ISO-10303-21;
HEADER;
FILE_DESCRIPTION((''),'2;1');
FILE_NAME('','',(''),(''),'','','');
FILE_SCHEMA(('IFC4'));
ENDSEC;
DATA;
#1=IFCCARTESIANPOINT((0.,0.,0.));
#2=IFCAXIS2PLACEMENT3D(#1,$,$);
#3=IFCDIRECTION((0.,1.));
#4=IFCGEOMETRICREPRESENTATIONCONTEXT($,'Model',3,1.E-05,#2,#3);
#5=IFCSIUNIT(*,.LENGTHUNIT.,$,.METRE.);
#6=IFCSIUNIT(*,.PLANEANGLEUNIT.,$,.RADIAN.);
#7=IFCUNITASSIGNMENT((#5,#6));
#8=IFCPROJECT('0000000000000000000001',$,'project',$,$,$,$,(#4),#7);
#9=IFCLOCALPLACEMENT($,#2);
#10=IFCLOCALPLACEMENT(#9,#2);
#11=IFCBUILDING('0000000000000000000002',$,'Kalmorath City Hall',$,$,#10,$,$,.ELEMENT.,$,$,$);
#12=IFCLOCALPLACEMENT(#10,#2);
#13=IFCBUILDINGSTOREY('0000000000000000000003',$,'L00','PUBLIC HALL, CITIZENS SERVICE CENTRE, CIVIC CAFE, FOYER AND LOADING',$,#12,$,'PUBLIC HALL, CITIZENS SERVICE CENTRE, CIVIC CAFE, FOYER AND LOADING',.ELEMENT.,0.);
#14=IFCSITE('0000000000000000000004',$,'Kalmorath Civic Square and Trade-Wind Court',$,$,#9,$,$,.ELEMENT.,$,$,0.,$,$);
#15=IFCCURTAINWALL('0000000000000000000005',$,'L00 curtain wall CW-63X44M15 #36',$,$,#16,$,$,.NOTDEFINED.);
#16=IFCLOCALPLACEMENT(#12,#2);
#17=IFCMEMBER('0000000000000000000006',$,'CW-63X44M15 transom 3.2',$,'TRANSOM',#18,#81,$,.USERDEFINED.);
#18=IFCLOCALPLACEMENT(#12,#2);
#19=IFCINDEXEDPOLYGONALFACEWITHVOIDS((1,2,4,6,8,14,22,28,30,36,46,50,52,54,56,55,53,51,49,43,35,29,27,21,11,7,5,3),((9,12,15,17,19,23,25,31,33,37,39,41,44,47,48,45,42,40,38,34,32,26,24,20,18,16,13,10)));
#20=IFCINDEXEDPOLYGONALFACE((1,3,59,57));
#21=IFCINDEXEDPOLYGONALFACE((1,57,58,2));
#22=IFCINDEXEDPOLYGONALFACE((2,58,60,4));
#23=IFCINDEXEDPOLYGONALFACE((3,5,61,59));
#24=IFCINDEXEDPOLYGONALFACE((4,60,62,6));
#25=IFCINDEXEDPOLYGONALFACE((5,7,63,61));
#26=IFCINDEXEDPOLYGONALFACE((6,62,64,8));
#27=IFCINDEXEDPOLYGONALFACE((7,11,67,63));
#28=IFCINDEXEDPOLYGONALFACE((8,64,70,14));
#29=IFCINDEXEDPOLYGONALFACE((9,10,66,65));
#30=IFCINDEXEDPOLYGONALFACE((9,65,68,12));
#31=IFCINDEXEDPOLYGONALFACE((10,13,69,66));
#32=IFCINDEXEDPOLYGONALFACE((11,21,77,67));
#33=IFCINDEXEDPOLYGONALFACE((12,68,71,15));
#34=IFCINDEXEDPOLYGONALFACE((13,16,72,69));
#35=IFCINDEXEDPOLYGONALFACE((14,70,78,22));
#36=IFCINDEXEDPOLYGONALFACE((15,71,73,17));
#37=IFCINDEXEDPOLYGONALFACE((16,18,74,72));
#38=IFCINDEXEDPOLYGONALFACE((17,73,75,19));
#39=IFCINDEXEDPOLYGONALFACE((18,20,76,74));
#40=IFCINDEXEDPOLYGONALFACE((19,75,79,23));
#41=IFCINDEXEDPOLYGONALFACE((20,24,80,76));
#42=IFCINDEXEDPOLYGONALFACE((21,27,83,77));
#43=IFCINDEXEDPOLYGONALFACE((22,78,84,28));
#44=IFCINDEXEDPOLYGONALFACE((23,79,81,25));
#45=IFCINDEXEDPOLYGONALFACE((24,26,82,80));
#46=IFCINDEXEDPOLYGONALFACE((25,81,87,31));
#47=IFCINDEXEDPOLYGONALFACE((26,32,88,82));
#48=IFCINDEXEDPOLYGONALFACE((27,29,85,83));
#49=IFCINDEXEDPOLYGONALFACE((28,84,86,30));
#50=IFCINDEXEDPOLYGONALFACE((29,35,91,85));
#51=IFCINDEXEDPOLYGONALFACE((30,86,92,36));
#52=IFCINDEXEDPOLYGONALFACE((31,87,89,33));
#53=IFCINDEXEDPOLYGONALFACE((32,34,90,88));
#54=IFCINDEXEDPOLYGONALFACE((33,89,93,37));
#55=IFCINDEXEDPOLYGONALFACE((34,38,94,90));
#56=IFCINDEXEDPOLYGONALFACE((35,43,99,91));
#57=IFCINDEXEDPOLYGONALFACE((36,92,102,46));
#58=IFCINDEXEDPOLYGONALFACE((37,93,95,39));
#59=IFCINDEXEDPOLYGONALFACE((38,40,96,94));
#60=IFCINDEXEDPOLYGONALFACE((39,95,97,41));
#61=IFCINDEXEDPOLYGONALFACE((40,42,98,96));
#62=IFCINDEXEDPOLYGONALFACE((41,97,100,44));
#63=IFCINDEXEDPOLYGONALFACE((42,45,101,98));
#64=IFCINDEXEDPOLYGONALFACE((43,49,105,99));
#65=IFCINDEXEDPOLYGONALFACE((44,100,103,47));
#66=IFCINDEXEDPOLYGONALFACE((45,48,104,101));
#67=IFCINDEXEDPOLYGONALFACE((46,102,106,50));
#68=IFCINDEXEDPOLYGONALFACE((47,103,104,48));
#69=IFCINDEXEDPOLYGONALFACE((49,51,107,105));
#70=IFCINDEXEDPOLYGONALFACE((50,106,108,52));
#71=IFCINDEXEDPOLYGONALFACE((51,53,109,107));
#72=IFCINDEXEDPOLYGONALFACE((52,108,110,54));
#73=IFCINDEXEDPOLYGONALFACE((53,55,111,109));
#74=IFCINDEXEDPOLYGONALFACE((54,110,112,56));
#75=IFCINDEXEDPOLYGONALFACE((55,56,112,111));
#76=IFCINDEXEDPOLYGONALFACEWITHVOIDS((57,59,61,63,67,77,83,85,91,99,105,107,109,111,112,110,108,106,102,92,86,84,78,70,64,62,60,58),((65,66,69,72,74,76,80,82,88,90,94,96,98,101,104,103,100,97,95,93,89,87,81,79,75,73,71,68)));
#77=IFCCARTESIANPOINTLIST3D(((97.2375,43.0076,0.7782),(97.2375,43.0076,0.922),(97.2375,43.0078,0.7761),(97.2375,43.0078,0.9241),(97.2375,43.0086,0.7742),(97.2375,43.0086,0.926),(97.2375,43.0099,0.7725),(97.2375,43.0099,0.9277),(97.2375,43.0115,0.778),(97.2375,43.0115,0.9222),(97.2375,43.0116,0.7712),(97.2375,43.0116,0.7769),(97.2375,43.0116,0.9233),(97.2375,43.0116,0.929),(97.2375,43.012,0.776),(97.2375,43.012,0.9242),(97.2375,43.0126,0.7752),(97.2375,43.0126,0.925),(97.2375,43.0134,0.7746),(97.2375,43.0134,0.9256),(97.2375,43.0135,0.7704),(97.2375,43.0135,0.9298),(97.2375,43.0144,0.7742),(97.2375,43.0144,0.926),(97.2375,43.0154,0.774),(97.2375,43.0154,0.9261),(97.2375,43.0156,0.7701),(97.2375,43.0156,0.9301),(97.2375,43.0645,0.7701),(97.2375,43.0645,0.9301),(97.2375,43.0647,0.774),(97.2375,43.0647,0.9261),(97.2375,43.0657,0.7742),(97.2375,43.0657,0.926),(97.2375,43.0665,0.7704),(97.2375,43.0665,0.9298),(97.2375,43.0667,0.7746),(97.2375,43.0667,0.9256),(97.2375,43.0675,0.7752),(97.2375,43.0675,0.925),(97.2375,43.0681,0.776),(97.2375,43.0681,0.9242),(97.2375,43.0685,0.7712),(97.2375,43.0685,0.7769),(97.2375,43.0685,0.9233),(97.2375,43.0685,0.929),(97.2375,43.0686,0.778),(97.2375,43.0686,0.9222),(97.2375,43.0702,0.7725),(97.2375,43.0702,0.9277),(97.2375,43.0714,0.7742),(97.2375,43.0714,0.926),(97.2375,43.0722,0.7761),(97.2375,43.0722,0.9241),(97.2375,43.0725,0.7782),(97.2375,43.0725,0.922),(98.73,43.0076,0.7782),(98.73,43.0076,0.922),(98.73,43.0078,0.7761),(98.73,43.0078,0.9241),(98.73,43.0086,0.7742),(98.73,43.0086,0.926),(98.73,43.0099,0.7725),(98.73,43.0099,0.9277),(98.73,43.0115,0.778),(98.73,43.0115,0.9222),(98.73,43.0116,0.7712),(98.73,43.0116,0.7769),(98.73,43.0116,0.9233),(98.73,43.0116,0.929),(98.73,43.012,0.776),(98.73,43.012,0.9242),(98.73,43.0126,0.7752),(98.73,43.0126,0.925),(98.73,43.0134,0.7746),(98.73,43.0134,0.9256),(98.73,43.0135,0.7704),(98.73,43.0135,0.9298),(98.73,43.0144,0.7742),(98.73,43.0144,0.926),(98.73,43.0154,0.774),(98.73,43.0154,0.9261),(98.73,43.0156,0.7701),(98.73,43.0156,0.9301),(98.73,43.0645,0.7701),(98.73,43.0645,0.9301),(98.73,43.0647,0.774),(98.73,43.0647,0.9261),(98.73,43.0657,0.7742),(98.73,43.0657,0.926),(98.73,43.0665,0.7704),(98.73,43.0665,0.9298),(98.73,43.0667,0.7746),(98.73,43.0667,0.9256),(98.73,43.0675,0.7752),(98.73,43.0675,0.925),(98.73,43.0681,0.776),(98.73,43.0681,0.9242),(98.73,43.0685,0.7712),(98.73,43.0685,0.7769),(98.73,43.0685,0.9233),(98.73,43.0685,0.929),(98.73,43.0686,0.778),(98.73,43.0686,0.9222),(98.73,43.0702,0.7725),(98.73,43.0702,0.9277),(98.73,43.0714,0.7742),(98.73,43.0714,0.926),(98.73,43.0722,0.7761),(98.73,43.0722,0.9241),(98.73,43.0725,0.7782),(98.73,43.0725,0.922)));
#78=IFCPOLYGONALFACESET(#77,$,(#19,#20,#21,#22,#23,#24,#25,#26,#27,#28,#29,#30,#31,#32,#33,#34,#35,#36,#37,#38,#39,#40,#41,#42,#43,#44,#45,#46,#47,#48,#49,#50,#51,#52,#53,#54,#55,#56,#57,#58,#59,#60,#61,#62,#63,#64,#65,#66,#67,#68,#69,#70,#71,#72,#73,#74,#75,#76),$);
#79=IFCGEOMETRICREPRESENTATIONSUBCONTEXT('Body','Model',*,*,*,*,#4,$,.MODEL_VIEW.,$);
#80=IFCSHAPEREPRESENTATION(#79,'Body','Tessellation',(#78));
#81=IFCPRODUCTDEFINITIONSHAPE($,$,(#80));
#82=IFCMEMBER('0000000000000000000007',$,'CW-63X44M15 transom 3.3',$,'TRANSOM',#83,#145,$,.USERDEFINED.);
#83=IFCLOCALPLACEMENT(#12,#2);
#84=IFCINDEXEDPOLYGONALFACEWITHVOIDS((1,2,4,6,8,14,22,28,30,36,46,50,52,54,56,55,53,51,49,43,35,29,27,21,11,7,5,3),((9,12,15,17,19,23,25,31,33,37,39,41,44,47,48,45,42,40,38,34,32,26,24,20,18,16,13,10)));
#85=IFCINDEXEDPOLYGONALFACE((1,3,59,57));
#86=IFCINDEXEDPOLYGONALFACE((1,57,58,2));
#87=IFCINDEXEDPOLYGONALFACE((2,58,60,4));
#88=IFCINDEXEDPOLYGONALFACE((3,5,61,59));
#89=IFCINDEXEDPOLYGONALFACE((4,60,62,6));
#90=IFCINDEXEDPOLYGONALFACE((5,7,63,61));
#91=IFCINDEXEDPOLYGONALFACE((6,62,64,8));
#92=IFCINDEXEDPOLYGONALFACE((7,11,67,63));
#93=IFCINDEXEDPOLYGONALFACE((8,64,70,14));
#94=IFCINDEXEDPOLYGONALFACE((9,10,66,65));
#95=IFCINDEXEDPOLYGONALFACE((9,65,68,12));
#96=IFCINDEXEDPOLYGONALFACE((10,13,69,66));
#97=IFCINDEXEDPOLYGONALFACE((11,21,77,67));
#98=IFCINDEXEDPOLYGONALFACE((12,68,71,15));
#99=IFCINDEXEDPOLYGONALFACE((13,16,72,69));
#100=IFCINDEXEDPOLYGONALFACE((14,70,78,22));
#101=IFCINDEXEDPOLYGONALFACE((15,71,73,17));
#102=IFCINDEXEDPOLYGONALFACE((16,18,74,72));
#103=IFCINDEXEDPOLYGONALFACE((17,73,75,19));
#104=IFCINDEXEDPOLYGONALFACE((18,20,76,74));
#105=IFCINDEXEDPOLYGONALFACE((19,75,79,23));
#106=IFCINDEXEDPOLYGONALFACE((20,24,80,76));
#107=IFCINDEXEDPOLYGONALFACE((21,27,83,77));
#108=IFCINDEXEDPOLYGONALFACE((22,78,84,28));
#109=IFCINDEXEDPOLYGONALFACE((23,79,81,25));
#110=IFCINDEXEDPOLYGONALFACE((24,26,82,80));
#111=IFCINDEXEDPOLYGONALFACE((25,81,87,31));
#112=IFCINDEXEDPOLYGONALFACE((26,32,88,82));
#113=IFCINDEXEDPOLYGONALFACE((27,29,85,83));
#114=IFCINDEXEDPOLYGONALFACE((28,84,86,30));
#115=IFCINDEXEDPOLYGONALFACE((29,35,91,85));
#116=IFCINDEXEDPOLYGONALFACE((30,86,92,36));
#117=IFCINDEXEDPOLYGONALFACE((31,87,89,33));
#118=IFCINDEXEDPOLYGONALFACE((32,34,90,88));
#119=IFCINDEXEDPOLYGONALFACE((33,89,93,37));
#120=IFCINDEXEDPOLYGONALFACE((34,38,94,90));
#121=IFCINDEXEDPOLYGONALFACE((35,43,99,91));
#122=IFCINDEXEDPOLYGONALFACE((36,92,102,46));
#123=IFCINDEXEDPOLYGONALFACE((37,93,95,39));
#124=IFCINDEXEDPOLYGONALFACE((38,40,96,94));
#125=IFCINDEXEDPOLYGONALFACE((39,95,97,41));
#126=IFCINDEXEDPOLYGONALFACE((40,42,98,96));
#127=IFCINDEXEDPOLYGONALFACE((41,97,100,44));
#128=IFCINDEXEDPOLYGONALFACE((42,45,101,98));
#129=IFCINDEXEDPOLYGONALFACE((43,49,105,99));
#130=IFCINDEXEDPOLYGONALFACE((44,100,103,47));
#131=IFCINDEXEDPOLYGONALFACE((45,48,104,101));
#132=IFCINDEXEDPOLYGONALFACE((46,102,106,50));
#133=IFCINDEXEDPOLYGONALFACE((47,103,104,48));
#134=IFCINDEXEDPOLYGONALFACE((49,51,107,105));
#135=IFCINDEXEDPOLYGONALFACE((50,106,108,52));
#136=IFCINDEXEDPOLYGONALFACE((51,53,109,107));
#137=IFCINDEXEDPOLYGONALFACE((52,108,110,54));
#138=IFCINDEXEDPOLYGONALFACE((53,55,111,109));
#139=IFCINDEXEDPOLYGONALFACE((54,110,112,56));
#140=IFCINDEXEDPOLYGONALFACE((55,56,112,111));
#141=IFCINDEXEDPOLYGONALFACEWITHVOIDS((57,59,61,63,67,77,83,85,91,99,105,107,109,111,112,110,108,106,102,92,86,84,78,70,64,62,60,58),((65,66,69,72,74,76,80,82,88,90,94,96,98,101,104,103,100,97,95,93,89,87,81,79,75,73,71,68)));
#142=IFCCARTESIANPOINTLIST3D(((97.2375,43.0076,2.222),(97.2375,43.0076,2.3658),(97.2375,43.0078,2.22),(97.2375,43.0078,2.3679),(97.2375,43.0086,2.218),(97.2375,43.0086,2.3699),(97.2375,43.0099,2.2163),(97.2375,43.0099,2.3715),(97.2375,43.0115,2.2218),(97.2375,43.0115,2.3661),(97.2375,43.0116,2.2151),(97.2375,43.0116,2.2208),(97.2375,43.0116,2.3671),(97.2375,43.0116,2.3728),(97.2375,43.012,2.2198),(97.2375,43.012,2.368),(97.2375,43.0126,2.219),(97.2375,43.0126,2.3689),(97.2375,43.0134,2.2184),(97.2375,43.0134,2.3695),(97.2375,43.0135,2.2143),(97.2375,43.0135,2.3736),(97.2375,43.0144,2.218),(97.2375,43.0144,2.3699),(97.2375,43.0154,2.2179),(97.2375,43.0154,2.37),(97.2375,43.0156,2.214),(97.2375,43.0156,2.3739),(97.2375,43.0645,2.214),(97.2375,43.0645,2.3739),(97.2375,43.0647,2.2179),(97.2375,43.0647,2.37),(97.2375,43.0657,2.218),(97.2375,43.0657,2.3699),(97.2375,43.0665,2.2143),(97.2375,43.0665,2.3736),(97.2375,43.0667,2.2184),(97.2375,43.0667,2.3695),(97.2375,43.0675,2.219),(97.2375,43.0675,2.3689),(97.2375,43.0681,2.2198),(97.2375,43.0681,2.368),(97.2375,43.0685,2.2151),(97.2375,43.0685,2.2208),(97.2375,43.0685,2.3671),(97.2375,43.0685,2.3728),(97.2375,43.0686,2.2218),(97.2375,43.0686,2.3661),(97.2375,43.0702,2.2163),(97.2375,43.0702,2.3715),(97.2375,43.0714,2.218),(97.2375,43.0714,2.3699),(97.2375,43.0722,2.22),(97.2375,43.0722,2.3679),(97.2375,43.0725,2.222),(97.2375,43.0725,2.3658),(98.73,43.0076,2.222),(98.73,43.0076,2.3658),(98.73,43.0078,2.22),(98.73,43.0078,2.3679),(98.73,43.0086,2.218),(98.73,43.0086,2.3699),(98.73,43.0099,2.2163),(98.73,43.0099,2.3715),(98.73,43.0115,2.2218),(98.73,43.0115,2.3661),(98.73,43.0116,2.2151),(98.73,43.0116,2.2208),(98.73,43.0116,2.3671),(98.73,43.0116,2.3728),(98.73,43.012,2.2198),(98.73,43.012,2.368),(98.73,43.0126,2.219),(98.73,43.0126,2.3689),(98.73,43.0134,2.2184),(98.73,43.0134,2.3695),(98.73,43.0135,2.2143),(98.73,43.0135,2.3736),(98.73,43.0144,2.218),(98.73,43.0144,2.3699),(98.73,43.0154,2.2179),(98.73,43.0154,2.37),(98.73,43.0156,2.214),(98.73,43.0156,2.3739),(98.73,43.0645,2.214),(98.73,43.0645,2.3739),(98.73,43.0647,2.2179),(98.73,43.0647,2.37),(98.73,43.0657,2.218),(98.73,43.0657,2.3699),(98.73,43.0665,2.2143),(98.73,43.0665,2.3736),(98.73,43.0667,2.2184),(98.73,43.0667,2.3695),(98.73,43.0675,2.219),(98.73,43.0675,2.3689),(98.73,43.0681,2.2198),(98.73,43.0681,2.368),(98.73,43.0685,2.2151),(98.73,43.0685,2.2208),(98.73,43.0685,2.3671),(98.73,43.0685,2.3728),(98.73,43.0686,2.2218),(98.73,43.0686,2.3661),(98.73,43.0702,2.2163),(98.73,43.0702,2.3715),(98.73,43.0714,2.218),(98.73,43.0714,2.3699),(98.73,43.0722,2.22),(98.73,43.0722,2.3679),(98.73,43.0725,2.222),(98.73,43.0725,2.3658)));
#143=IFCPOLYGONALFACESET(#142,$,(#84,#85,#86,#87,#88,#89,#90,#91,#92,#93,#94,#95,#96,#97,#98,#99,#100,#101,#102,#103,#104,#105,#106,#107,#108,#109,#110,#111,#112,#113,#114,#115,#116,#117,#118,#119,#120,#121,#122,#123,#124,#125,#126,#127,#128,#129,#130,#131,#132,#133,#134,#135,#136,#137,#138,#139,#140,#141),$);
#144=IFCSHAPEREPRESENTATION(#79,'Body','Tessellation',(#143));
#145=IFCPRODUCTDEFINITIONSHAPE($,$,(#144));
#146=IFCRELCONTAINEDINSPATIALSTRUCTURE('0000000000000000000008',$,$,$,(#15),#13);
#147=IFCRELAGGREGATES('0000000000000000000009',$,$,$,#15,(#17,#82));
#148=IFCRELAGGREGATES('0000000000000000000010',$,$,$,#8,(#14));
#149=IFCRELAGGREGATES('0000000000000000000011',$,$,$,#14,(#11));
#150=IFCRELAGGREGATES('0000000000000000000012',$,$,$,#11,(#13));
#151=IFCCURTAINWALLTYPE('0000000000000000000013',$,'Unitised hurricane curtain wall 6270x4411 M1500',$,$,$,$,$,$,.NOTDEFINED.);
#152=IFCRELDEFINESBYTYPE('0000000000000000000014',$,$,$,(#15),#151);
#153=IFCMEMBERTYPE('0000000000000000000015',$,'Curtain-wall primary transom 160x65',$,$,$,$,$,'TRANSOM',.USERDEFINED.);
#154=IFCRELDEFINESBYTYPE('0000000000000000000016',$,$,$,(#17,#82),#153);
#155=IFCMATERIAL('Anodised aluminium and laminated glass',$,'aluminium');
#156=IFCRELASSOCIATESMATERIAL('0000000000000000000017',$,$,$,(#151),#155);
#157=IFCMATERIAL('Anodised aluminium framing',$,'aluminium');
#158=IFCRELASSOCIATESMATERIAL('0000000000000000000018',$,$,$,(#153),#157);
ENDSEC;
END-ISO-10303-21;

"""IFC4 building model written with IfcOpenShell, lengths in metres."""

from ifc_helpers import new_model, si_unit, direction, frame, origin, origin_2d, place, context, subcontext, project, spatial, hollow_rectangle, extrude, material, material_profile, profile_set, type_object, element, aggregate, save


model = new_model("IFC4")

# Units and contexts
model_context = context("Model", 3, precision=1e-05, world=origin(), true_north=direction((0.0, 1.0)))
body_context = subcontext(model_context, "Body", "Model", "MODEL_VIEW")
ifc_project = project(units=[si_unit("LENGTHUNIT", "METRE"), si_unit("PLANEANGLEUNIT", "RADIAN")], contexts=[model_context])

# Site, building, storey
site_placement = place(None, origin())
site = spatial("IfcSite", under=ifc_project, at=site_placement, Name="Kalmorath Civic Square and Trade-Wind Court", CompositionType="ELEMENT", RefElevation=0.0)
building_placement = place(site_placement, origin())
building = spatial("IfcBuilding", under=site, at=building_placement, Name="Kalmorath City Hall", CompositionType="ELEMENT")
storey_placement = place(building_placement, origin())
storey = spatial("IfcBuildingStorey", under=building, at=storey_placement, Name="L00", Description="PUBLIC HALL, CITIZENS SERVICE CENTRE, CIVIC CAFE, FOYER AND LOADING", LongName="PUBLIC HALL, CITIZENS SERVICE CENTRE, CIVIC CAFE, FOYER AND LOADING", CompositionType="ELEMENT", Elevation=0.0)

# Curtain wall, members
ifc_material_1 = material(Name="Anodised aluminium and laminated glass", Category="aluminium")
curtain_wall_type = type_object("IfcCurtainWallType", Name="Unitised hurricane curtain wall 6270x4411 M1500", PredefinedType="NOTDEFINED", material=ifc_material_1)
curtain_wall_placement = place(storey_placement, origin())
curtain_wall = element("IfcCurtainWall", 1, at=curtain_wall_placement, inside=storey, type_object=curtain_wall_type, Name="L00 curtain wall CW-63X44M15 #36", PredefinedType="NOTDEFINED")
ifc_material_2 = material(Name="Anodised aluminium framing", Category="aluminium")
ifc_material_profile_1 = material_profile(ifc_material_2, hollow_rectangle(XDim=0.0649, YDim=0.1599, WallThickness=0.0039, InnerFilletRadius=0.0039, OuterFilletRadius=0.0081, at=origin_2d()), Name="ALU-TRN-160X65X4")
ifc_profile_set_1 = profile_set([ifc_material_profile_1], Name="Anodised aluminium framing")
member_type_1 = type_object("IfcMemberType", Name="Curtain-wall primary transom 160x65", ElementType="TRANSOM", PredefinedType="USERDEFINED", material=ifc_profile_set_1)
member_1_placement = place(storey_placement, frame((97.2375, 43.04, 0.8501), z_axis=(1.0, 0.0, 0.0), x_axis=(0.0, 1.0, 0.0)))
member_1 = element("IfcMember", 2, at=member_1_placement, type_object=member_type_1, Name="CW-63X44M15 transom 3.2", ObjectType="TRANSOM", PredefinedType="USERDEFINED", context=body_context, shape_type="SweptSolid", body=[
    extrude(hollow_rectangle(XDim=0.0649, YDim=0.1599, WallThickness=0.0039, InnerFilletRadius=0.0039, OuterFilletRadius=0.0081, at=origin_2d()), origin(), (0.0, 0.0, 1.0), 1.4924),
])
member_2_placement = place(storey_placement, frame((97.2375, 43.04, 2.2939), z_axis=(1.0, 0.0, 0.0), x_axis=(0.0, 1.0, 0.0)))
member_2 = element("IfcMember", 3, at=member_2_placement, type_object=member_type_1, Name="CW-63X44M15 transom 3.3", ObjectType="TRANSOM", PredefinedType="USERDEFINED", context=body_context, shape_type="SweptSolid", body=[
    extrude(hollow_rectangle(XDim=0.0649, YDim=0.1599, WallThickness=0.0039, InnerFilletRadius=0.0039, OuterFilletRadius=0.0081, at=origin_2d()), origin(), (0.0, 0.0, 1.0), 1.4924),
])
aggregate(curtain_wall, [member_1, member_2])

save(model, "model.ifc")
